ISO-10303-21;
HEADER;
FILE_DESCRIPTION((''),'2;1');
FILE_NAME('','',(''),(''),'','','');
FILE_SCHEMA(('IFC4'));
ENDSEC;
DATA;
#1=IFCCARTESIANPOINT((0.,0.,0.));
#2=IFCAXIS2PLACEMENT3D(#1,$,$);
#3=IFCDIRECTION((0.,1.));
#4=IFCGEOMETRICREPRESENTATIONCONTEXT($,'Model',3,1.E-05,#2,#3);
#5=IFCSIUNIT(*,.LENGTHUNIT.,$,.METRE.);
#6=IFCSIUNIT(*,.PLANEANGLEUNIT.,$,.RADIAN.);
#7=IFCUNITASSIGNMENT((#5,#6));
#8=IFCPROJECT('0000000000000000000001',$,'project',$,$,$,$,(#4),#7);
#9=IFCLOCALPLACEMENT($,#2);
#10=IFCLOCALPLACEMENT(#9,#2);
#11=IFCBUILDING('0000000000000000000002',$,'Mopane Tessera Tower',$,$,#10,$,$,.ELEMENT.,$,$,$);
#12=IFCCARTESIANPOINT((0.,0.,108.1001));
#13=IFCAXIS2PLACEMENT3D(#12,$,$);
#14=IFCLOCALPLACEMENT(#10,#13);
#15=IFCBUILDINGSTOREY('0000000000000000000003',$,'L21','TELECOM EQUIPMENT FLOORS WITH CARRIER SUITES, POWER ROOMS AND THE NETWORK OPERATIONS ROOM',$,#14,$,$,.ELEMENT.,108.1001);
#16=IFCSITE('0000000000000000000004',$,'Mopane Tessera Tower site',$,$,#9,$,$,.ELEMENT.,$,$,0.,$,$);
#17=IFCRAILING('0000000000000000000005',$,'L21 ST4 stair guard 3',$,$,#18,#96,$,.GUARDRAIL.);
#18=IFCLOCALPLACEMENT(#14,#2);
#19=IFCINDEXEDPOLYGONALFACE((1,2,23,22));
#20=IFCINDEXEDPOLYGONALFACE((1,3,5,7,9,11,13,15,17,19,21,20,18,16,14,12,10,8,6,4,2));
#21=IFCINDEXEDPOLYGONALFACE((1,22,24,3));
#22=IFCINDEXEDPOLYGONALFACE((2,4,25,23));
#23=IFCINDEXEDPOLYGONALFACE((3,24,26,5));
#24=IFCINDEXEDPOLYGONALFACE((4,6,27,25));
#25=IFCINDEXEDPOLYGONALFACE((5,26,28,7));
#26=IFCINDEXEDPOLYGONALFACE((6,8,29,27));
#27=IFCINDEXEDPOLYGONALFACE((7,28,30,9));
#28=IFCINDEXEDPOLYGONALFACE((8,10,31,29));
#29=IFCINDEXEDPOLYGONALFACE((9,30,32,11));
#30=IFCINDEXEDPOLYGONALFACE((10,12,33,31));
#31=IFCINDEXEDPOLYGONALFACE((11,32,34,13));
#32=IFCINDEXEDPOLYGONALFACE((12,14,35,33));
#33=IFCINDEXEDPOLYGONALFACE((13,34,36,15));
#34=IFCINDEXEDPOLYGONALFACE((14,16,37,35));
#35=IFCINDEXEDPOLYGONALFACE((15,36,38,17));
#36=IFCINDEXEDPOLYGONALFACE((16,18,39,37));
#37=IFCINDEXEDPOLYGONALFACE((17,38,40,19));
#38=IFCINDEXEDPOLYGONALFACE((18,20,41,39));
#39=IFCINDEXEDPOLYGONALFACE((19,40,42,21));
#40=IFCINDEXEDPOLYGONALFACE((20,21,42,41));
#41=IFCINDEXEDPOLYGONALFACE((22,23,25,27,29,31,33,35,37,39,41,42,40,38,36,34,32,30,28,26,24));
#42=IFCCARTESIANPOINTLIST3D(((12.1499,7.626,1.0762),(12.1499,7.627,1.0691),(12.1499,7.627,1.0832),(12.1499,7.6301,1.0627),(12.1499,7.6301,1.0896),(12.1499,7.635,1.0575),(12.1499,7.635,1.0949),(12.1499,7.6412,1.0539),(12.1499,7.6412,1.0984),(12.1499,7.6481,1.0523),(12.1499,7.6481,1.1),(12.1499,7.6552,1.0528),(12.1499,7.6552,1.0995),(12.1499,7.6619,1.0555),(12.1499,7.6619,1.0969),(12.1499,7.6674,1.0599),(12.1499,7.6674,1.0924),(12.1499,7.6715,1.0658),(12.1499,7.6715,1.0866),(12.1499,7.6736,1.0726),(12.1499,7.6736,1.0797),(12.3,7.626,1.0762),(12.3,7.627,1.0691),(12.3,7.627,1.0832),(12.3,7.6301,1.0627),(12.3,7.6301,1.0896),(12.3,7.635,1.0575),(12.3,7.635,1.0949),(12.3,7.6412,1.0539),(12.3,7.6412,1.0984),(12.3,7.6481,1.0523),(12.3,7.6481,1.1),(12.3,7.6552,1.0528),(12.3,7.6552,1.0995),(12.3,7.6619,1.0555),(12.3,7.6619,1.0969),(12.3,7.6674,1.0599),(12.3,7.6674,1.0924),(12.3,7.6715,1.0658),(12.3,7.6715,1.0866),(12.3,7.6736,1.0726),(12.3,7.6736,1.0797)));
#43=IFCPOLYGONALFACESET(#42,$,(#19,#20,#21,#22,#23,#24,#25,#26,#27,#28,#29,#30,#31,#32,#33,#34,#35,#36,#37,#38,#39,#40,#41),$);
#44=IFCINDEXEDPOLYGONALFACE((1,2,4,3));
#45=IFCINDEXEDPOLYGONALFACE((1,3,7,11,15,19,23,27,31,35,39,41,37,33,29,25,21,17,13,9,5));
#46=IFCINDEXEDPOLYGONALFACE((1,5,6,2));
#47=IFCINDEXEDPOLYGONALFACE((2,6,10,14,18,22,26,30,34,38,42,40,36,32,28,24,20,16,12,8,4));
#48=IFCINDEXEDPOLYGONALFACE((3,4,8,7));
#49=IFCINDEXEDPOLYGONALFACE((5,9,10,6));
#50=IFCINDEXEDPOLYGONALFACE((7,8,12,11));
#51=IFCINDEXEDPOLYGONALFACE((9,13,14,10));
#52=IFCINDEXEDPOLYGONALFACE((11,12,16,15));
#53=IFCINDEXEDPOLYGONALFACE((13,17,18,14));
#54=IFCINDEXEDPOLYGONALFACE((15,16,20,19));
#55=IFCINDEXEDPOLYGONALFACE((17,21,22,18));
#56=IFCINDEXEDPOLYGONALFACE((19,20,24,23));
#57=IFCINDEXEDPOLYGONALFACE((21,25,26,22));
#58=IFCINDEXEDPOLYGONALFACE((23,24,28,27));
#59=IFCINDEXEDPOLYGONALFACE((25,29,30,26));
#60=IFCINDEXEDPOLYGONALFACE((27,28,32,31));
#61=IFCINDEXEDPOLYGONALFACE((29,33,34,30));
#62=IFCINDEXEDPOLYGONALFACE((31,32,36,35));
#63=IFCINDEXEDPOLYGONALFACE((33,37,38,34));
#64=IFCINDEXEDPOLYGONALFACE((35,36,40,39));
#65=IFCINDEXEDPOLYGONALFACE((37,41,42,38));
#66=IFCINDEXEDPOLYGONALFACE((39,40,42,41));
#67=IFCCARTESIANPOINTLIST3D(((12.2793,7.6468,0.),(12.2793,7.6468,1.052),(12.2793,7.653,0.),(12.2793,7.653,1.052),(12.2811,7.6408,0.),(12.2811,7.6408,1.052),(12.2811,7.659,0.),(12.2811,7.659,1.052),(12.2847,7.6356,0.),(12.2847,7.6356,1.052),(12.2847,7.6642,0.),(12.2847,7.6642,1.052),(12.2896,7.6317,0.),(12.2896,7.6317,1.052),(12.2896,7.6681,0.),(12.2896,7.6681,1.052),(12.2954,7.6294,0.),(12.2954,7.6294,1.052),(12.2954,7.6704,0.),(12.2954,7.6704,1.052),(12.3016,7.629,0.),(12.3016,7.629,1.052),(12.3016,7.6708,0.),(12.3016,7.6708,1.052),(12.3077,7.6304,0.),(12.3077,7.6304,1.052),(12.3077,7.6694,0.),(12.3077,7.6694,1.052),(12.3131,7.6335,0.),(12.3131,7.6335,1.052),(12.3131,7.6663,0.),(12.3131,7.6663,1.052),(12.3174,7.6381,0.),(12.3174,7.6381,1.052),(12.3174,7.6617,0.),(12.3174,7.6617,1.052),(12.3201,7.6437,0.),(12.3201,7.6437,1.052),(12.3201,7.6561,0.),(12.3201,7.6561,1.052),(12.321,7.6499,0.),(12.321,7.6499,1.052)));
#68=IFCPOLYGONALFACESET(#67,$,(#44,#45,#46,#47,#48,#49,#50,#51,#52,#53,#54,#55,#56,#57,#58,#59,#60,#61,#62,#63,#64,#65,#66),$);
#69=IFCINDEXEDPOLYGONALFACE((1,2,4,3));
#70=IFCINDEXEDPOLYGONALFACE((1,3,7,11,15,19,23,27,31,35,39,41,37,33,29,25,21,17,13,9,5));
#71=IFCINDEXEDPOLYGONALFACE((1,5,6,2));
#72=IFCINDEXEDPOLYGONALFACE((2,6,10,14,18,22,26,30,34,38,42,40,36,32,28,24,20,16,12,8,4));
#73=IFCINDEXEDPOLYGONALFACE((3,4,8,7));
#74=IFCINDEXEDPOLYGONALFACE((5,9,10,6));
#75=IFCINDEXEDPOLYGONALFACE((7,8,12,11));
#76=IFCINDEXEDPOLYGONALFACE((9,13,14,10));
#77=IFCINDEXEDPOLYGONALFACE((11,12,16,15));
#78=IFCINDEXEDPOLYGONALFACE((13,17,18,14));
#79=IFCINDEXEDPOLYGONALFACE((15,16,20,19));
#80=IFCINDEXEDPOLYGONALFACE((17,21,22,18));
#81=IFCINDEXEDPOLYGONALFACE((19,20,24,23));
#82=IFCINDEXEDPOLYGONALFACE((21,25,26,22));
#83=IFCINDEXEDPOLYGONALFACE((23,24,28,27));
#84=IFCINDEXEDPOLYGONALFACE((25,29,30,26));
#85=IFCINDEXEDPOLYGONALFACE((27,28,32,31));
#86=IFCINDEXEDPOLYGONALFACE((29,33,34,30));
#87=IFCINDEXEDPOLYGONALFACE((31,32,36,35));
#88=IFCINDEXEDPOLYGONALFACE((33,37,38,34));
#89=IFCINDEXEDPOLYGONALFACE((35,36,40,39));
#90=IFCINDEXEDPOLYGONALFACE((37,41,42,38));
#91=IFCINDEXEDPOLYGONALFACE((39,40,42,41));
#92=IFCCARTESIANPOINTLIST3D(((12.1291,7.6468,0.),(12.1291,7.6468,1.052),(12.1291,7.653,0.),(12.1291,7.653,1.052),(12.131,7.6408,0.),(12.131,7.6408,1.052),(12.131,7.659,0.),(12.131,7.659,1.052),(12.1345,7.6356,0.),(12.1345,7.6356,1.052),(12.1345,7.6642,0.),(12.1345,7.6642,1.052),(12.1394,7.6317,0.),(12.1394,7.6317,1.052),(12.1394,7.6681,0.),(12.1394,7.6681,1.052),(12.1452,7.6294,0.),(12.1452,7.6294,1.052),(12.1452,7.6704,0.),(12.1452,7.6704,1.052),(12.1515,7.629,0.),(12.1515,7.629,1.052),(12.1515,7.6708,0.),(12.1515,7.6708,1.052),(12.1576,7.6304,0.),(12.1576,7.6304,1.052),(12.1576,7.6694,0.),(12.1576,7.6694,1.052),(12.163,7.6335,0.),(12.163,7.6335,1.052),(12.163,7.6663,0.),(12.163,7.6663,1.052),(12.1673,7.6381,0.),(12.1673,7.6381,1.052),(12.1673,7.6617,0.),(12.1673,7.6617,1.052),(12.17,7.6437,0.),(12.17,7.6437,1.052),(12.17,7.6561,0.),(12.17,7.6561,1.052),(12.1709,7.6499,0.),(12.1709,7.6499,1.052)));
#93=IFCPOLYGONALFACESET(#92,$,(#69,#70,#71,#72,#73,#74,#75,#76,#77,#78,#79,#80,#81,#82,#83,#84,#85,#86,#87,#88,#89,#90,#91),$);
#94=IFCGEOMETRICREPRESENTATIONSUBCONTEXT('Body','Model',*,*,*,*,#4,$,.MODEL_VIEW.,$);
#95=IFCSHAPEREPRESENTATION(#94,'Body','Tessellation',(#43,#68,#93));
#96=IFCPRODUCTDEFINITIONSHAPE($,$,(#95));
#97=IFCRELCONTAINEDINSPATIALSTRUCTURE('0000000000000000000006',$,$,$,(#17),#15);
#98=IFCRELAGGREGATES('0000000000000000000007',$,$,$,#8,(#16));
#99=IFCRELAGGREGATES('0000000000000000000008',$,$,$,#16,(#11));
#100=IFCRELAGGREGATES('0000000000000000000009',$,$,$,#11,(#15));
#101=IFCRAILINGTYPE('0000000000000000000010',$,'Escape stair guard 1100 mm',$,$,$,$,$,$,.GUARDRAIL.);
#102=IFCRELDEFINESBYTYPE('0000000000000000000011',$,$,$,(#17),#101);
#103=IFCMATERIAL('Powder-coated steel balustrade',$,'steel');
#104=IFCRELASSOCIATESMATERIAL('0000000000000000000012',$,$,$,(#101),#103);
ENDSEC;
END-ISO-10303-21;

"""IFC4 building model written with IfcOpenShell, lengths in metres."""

from ifc_helpers import new_model, si_unit, direction, frame, origin, origin_2d, place, context, subcontext, project, spatial, circle, extrude, material, type_object, element, save


model = new_model("IFC4")

# Units and contexts
model_context = context("Model", 3, precision=1e-05, world=origin(), true_north=direction((0.0, 1.0)))
body_context = subcontext(model_context, "Body", "Model", "MODEL_VIEW")
ifc_project = project(units=[si_unit("LENGTHUNIT", "METRE"), si_unit("PLANEANGLEUNIT", "RADIAN")], contexts=[model_context])

# Site, building, storey
site_placement = place(None, origin())
site = spatial("IfcSite", under=ifc_project, at=site_placement, Name="Mopane Tessera Tower site", CompositionType="ELEMENT", RefElevation=0.0)
building_placement = place(site_placement, origin())
building = spatial("IfcBuilding", under=site, at=building_placement, Name="Mopane Tessera Tower", CompositionType="ELEMENT")
storey_placement = place(building_placement, frame((0.0, 0.0, 108.1001)))
storey = spatial("IfcBuildingStorey", under=building, at=storey_placement, Name="L21", Description="TELECOM EQUIPMENT FLOORS WITH CARRIER SUITES, POWER ROOMS AND THE NETWORK OPERATIONS ROOM", CompositionType="ELEMENT", Elevation=108.1001)

# Railing
ifc_material_1 = material(Name="Powder-coated steel balustrade", Category="steel")
railing_type = type_object("IfcRailingType", Name="Escape stair guard 1100 mm", PredefinedType="GUARDRAIL", material=ifc_material_1)
railing_1_placement = place(storey_placement, frame((12.3, 7.6499, 0.0)))
element("IfcRailing", 1, at=railing_1_placement, inside=storey, type_object=railing_type, Name="L21 ST4 stair guard 3", PredefinedType="GUARDRAIL", context=body_context, shape_type="SweptSolid", body=[
    extrude(circle(Radius=0.0239, at=origin_2d()), frame((0.0, 0.0, 1.0762), z_axis=(-1.0, 0.0, 0.0), x_axis=(0.0, -1.0, 0.0)), (0.0, 0.0, 1.0), 0.1501),
    extrude(circle(Radius=0.021, at=origin_2d()), origin(), (0.0, 0.0, 1.0), 1.052),
    extrude(circle(Radius=0.021, at=origin_2d()), frame((-0.1501, 0.0, 0.0)), (0.0, 0.0, 1.0), 1.052),
])

save(model, "model.ifc")
